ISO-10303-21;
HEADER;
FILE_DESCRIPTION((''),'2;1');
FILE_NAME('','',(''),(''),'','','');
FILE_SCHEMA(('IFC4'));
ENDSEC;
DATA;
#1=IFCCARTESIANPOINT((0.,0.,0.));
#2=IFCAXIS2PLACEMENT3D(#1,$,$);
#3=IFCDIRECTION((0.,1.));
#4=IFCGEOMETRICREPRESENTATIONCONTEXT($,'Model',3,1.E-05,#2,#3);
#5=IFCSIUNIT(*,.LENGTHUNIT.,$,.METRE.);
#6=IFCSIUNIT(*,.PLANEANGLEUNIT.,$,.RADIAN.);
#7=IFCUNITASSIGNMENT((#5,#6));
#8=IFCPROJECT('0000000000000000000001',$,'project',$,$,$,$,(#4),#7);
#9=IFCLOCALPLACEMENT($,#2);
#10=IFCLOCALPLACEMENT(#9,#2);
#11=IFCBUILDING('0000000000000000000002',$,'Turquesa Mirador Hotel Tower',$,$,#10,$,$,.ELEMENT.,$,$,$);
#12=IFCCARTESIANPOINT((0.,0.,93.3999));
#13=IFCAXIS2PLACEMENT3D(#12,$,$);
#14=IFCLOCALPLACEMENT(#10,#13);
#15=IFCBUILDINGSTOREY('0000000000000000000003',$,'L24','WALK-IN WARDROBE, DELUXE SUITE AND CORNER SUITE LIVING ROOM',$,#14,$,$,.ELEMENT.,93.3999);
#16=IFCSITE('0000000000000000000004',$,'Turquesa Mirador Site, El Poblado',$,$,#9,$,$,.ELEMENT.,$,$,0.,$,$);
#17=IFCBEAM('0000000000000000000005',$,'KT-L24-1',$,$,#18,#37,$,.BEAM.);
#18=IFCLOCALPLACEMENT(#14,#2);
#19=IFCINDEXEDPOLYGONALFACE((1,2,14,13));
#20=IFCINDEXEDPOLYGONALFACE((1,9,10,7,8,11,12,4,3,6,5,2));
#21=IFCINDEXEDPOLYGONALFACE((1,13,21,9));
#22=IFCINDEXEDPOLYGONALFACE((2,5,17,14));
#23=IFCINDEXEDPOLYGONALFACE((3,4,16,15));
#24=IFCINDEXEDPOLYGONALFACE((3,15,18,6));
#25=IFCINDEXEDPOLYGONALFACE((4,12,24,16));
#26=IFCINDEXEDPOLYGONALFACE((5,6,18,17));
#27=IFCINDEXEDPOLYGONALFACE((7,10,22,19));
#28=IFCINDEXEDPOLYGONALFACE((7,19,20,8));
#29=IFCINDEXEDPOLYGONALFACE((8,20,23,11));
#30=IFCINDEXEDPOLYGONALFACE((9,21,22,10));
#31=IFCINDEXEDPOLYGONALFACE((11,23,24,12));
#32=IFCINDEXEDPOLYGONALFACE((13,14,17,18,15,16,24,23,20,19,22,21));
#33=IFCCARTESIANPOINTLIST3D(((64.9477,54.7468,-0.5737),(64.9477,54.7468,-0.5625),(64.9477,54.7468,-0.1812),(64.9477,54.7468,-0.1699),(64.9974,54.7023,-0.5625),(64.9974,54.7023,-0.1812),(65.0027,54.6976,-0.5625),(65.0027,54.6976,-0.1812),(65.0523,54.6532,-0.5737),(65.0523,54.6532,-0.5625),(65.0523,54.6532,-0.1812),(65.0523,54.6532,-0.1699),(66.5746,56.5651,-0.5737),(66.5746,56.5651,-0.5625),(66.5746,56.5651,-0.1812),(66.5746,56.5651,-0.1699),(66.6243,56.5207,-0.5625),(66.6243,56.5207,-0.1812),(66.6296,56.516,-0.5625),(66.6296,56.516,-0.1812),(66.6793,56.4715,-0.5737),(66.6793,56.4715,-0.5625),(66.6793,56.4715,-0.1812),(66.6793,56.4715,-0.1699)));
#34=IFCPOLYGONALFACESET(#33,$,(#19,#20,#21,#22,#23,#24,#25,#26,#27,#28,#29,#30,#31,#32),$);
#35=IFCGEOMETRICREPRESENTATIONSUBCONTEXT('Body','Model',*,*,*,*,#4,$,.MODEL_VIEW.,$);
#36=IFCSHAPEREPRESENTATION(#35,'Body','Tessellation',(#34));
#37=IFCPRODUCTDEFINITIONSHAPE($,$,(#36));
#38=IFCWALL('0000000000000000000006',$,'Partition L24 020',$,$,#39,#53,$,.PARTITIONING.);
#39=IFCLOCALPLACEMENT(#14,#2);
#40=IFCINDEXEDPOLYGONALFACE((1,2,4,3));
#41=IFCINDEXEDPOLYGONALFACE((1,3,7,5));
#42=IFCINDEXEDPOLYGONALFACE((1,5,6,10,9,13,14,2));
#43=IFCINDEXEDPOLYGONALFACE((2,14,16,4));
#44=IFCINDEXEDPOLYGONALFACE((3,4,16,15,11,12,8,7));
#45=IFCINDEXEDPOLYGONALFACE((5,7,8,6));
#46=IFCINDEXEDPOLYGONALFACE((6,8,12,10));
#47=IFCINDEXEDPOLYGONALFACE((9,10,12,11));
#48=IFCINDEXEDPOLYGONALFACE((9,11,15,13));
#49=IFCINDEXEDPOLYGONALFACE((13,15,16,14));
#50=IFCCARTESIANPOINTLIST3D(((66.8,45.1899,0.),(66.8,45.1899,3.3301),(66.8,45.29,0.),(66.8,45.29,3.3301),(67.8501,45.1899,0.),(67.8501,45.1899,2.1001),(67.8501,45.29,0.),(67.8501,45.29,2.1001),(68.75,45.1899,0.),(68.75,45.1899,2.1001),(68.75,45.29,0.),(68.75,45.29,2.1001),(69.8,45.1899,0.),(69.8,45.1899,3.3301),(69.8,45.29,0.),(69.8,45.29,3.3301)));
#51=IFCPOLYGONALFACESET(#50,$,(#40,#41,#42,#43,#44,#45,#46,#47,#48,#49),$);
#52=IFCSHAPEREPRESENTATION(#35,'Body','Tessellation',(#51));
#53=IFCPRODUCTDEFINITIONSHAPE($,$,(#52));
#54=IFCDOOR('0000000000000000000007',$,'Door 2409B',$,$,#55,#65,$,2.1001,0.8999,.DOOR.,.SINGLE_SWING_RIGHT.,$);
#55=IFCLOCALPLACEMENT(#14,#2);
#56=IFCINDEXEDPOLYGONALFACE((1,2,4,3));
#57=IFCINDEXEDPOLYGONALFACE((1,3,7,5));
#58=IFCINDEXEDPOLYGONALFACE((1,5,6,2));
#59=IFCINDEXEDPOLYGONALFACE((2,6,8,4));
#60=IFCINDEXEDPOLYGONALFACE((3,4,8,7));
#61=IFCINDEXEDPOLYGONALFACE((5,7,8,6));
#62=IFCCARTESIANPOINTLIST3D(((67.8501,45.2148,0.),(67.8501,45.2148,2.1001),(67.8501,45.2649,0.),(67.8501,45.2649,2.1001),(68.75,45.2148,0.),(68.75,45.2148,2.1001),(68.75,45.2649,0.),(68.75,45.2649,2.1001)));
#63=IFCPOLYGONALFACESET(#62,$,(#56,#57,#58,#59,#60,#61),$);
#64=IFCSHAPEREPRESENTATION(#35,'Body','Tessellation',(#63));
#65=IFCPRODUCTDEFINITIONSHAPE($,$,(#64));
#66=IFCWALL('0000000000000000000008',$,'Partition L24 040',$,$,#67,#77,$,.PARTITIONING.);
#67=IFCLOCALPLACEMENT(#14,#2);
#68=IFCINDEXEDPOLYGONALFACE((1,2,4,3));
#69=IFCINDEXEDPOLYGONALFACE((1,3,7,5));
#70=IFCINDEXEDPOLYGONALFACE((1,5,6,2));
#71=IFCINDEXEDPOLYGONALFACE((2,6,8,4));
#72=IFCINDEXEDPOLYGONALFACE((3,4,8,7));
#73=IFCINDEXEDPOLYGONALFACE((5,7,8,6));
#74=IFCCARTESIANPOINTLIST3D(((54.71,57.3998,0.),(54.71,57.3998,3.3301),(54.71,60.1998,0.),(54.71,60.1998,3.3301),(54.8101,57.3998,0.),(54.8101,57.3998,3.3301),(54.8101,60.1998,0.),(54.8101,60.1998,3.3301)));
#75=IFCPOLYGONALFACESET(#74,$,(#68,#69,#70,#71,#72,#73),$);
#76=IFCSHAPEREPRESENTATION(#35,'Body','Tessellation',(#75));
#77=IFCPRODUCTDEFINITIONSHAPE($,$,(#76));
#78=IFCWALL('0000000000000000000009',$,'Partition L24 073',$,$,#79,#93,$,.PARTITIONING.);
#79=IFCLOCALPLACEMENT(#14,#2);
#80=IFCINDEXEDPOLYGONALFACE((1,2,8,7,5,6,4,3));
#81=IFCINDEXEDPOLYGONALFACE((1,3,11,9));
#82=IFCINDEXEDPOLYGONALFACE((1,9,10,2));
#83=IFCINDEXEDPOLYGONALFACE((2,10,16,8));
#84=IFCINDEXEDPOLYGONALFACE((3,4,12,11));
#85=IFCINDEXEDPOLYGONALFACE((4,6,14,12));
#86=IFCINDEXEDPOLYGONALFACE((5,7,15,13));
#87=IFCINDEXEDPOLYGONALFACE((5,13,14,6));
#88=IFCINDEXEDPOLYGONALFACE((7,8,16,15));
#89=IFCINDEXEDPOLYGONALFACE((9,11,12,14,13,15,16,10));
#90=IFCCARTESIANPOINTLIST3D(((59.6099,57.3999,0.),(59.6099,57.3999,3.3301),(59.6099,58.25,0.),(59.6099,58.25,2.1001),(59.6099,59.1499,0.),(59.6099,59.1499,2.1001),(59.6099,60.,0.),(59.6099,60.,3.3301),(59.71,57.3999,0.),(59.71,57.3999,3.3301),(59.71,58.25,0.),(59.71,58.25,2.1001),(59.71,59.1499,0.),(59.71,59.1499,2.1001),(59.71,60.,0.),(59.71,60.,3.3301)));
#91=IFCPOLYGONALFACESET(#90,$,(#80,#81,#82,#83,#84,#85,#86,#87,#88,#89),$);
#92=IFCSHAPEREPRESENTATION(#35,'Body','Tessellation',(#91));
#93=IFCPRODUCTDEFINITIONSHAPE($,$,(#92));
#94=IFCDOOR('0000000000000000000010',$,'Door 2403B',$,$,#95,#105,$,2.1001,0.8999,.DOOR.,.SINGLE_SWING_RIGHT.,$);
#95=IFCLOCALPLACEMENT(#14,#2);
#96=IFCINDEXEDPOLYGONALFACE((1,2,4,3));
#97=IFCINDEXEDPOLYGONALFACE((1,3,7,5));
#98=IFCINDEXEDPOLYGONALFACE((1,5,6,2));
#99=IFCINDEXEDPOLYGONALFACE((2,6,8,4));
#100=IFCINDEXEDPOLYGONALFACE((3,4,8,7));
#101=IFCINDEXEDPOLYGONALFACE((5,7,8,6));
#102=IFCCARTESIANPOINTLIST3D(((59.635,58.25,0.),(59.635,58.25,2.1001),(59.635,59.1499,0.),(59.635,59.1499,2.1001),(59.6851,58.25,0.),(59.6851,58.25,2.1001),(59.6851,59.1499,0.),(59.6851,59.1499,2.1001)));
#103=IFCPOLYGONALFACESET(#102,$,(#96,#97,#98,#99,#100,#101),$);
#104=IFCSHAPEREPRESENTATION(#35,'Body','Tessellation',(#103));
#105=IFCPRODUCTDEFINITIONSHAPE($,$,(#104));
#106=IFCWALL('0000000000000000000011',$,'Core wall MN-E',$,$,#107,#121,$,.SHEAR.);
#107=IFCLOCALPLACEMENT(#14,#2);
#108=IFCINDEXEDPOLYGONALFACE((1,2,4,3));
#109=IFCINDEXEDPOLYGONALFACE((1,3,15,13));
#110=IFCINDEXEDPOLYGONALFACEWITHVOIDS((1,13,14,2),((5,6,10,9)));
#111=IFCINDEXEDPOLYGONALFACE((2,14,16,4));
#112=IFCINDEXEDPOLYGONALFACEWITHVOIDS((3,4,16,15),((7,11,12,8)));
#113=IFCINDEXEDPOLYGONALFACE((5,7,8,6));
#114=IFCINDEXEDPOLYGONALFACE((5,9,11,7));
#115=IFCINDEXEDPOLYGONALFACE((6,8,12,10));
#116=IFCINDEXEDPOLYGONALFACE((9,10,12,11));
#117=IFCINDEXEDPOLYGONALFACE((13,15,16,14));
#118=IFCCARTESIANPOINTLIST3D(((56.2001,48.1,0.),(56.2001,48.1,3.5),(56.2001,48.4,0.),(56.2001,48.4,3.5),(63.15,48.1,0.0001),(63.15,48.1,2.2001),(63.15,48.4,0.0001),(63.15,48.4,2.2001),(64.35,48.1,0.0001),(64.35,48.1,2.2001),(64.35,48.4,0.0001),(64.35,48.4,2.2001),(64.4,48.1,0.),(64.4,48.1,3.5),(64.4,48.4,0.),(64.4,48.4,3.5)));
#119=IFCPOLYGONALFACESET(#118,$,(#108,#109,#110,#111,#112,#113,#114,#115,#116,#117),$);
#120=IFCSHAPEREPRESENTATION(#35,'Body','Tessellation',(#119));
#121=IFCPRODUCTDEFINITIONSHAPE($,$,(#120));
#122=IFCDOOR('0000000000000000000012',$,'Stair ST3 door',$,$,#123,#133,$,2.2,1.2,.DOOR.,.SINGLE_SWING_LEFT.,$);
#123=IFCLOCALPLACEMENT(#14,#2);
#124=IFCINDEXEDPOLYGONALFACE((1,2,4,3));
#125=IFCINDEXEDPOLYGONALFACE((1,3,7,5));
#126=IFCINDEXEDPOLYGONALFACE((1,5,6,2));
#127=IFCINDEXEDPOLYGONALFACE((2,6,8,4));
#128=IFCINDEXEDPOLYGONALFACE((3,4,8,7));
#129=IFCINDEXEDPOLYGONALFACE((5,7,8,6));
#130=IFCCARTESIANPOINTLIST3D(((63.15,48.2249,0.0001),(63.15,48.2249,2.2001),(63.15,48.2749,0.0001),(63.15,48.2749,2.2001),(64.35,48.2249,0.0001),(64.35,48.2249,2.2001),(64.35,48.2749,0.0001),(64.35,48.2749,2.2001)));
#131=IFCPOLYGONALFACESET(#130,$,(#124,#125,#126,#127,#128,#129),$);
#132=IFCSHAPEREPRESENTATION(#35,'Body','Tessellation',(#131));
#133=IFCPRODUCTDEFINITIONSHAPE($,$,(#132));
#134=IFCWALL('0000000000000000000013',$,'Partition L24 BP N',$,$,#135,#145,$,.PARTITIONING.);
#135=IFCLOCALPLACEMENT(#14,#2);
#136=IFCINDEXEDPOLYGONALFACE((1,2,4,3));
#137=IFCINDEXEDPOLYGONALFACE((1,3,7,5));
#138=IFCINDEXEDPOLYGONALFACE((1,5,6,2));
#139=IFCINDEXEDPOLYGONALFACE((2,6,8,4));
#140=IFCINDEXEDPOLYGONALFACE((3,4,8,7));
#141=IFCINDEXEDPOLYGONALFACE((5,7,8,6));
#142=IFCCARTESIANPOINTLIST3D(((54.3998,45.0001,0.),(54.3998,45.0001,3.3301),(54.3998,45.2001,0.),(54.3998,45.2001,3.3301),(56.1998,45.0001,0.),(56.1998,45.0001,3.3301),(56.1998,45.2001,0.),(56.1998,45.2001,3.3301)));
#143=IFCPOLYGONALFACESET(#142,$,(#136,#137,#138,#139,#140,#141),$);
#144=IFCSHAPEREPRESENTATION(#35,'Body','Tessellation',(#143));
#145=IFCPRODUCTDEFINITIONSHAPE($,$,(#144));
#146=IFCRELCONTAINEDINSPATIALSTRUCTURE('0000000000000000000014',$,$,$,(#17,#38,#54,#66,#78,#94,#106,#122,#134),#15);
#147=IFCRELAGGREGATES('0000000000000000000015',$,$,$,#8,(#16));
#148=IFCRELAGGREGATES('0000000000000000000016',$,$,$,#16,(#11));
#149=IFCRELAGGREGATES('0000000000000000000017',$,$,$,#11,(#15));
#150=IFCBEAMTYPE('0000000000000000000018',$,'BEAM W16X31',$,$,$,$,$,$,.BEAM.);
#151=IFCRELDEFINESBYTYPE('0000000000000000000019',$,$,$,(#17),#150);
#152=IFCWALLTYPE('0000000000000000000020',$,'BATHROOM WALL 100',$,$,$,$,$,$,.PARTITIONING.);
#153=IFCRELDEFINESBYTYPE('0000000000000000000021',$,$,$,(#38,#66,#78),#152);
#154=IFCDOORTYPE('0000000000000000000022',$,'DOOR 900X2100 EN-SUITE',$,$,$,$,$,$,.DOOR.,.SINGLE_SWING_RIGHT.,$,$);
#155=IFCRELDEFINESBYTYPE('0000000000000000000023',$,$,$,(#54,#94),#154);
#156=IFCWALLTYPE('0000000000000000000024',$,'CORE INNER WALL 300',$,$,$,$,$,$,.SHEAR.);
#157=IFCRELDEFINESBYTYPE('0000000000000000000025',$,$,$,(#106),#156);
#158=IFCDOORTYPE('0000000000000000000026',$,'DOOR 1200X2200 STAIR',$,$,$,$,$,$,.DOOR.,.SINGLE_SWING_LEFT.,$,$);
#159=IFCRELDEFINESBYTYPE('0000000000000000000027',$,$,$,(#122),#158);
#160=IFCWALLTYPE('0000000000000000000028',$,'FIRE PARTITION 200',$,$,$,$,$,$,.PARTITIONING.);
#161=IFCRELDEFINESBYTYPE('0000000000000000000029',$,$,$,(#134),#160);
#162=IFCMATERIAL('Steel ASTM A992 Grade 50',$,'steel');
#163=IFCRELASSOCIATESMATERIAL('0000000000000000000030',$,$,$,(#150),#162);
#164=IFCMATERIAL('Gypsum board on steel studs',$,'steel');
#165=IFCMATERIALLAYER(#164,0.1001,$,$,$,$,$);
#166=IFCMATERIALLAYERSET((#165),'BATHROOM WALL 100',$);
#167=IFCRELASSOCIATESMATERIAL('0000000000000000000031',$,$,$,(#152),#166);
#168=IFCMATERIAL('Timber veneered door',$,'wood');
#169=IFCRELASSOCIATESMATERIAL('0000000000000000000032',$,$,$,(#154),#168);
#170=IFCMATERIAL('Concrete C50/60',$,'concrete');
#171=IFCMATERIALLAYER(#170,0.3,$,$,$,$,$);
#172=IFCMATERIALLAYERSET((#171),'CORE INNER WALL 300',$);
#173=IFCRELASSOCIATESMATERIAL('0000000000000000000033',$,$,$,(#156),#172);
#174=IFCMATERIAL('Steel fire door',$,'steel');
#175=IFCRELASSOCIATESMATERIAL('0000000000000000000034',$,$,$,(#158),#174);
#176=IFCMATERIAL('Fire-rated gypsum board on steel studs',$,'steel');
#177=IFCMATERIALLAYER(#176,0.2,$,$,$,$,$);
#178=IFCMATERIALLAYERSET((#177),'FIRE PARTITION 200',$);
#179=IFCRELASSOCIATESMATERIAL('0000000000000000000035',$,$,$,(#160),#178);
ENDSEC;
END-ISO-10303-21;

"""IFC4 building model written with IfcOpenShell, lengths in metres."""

from ifc_helpers import new_model, si_unit, direction, frame, frame_2d, origin, origin_2d, place, context, subcontext, project, spatial, rectangle, i_section, extrude, material, layer, layer_set, material_profile, profile_set, type_object, element, fill, save


model = new_model("IFC4")

# Units and contexts
model_context = context("Model", 3, precision=1e-05, world=origin(), true_north=direction((0.0, 1.0)))
body_context = subcontext(model_context, "Body", "Model", "MODEL_VIEW")
ifc_project = project(units=[si_unit("LENGTHUNIT", "METRE"), si_unit("PLANEANGLEUNIT", "RADIAN")], contexts=[model_context])

# Site, building, storey
site_placement = place(None, origin())
site = spatial("IfcSite", under=ifc_project, at=site_placement, Name="Turquesa Mirador Site, El Poblado", CompositionType="ELEMENT", RefElevation=0.0)
building_placement = place(site_placement, origin())
building = spatial("IfcBuilding", under=site, at=building_placement, Name="Turquesa Mirador Hotel Tower", CompositionType="ELEMENT")
storey_placement = place(building_placement, frame((0.0, 0.0, 93.3999)))
storey = spatial("IfcBuildingStorey", under=building, at=storey_placement, Name="L24", Description="WALK-IN WARDROBE, DELUXE SUITE AND CORNER SUITE LIVING ROOM", CompositionType="ELEMENT", Elevation=93.3999)

# Beam
ifc_material_1 = material(Name="Steel ASTM A992 Grade 50", Category="steel")
ifc_material_profile = material_profile(ifc_material_1, i_section(OverallWidth=0.1404, OverallDepth=0.4038, WebThickness=0.0071, FlangeThickness=0.0112, at=origin_2d()), Name="W16X31")
ifc_profile_set = profile_set([ifc_material_profile], Name="Steel ASTM A992 Grade 50")
beam_type = type_object("IfcBeamType", Name="BEAM W16X31", PredefinedType="BEAM", material=ifc_profile_set)
beam_placement = place(storey_placement, frame((66.627, 56.5183, -0.3718), z_axis=(-0.666795, -0.745241, 0.0), x_axis=(0.745241, -0.666795, 0.0)))
element("IfcBeam", 1, at=beam_placement, inside=storey, type_object=beam_type, Name="KT-L24-1", PredefinedType="BEAM", context=body_context, shape_type="SweptSolid", body=[
    extrude(i_section(OverallWidth=0.1404, OverallDepth=0.4038, WebThickness=0.0071, FlangeThickness=0.0112, at=origin_2d()), origin(), (0.0, 0.0, 1.0), 2.4399),
])

# Wall, opening, door
ifc_material_2 = material(Name="Gypsum board on steel studs", Category="steel")
ifc_layer_1 = layer(ifc_material_2, 0.1001)
ifc_layer_set_1 = layer_set([ifc_layer_1], Name="BATHROOM WALL 100")
wall_type_1 = type_object("IfcWallType", Name="BATHROOM WALL 100", PredefinedType="PARTITIONING", material=ifc_layer_set_1)
wall_1_placement = place(storey_placement, frame((66.8, 45.24, 0.0), z_axis=(0.0, 0.0, 1.0), x_axis=(1.0, 0.0, 0.0)))
wall_1 = element("IfcWall", 2, at=wall_1_placement, inside=storey, type_object=wall_type_1, Name="Partition L24 020", PredefinedType="PARTITIONING", context=body_context, shape_type="SweptSolid", body=[
    extrude(rectangle(XDim=3.0, YDim=0.1001, at=frame_2d((1.5, 0.0))), origin(), (0.0, 0.0, 1.0), 3.3301),
])
opening_1_placement = place(wall_1_placement, frame((1.05, 0.0, 0.0)))
opening_1 = element("IfcOpeningElement", 3, at=opening_1_placement, cuts=wall_1, PredefinedType="OPENING", context=body_context, shape_type="SweptSolid", body=[
    extrude(rectangle(XDim=0.8999, YDim=2.1001, at=frame_2d((0.45, 1.05))), frame((0.0, 0.0601, 0.0), z_axis=(0.0, -1.0, 0.0), x_axis=(1.0, 0.0, 0.0)), (0.0, 0.0, 1.0), 0.1201),
])
ifc_material_3 = material(Name="Timber veneered door", Category="wood")
door_type_1 = type_object("IfcDoorType", Name="DOOR 900X2100 EN-SUITE", OperationType="SINGLE_SWING_RIGHT", PredefinedType="DOOR", material=ifc_material_3)
door_1_placement = place(opening_1_placement, origin())
door_1 = element("IfcDoor", 4, at=door_1_placement, inside=storey, type_object=door_type_1, Name="Door 2409B", OperationType="SINGLE_SWING_RIGHT", OverallHeight=2.1001, OverallWidth=0.8999, PredefinedType="DOOR", context=body_context, shape_type="SweptSolid", body=[
    extrude(rectangle(XDim=0.8999, YDim=2.1001, at=frame_2d((0.45, 1.05))), frame((0.0, 0.0249, 0.0), z_axis=(0.0, -1.0, 0.0), x_axis=(1.0, 0.0, 0.0)), (0.0, 0.0, 1.0), 0.05),
])
fill(opening_1, door_1)

# Wall
wall_2_placement = place(storey_placement, frame((54.76, 57.3999, 0.0), z_axis=(0.0, 0.0, 1.0), x_axis=(0.0, 1.0, 0.0)))
element("IfcWall", 5, at=wall_2_placement, inside=storey, type_object=wall_type_1, Name="Partition L24 040", PredefinedType="PARTITIONING", context=body_context, shape_type="SweptSolid", body=[
    extrude(rectangle(XDim=2.8, YDim=0.1001, at=frame_2d((1.3999, 0.0))), origin(), (0.0, 0.0, 1.0), 3.3301),
])

# Walls, openings, doors
wall_3_placement = place(storey_placement, frame((59.6599, 57.3999, 0.0), z_axis=(0.0, 0.0, 1.0), x_axis=(0.0, 1.0, 0.0)))
wall_3 = element("IfcWall", 6, at=wall_3_placement, inside=storey, type_object=wall_type_1, Name="Partition L24 073", PredefinedType="PARTITIONING", context=body_context, shape_type="SweptSolid", body=[
    extrude(rectangle(XDim=2.6001, YDim=0.1001, at=frame_2d((1.3, 0.0))), origin(), (0.0, 0.0, 1.0), 3.3301),
])
opening_2_placement = place(wall_3_placement, frame((0.8501, 0.0, 0.0)))
opening_2 = element("IfcOpeningElement", 7, at=opening_2_placement, cuts=wall_3, PredefinedType="OPENING", context=body_context, shape_type="SweptSolid", body=[
    extrude(rectangle(XDim=0.8999, YDim=2.1001, at=frame_2d((0.45, 1.05))), frame((0.0, 0.0601, 0.0), z_axis=(0.0, -1.0, 0.0), x_axis=(1.0, 0.0, 0.0)), (0.0, 0.0, 1.0), 0.1201),
])
door_2_placement = place(opening_2_placement, origin())
door_2 = element("IfcDoor", 8, at=door_2_placement, inside=storey, type_object=door_type_1, Name="Door 2403B", OperationType="SINGLE_SWING_RIGHT", OverallHeight=2.1001, OverallWidth=0.8999, PredefinedType="DOOR", context=body_context, shape_type="SweptSolid", body=[
    extrude(rectangle(XDim=0.8999, YDim=2.1001, at=frame_2d((0.45, 1.05))), frame((0.0, 0.0249, 0.0), z_axis=(0.0, -1.0, 0.0), x_axis=(1.0, 0.0, 0.0)), (0.0, 0.0, 1.0), 0.05),
])
fill(opening_2, door_2)
ifc_material_4 = material(Name="Concrete C50/60", Category="concrete")
ifc_layer_2 = layer(ifc_material_4, 0.3)
ifc_layer_set_2 = layer_set([ifc_layer_2], Name="CORE INNER WALL 300")
wall_type_2 = type_object("IfcWallType", Name="CORE INNER WALL 300", PredefinedType="SHEAR", material=ifc_layer_set_2)
wall_4_placement = place(storey_placement, frame((56.2, 48.25, 0.0), z_axis=(0.0, 0.0, 1.0), x_axis=(1.0, 0.0, 0.0)))
wall_4 = element("IfcWall", 9, at=wall_4_placement, inside=storey, type_object=wall_type_2, Name="Core wall MN-E", PredefinedType="SHEAR", context=body_context, shape_type="SweptSolid", body=[
    extrude(rectangle(XDim=8.2, YDim=0.3, at=frame_2d((4.1001, 0.0))), origin(), (0.0, 0.0, 1.0), 3.5),
])
opening_3_placement = place(wall_4_placement, frame((6.95, 0.0, 0.0)))
opening_3 = element("IfcOpeningElement", 10, at=opening_3_placement, cuts=wall_4, PredefinedType="OPENING", context=body_context, shape_type="SweptSolid", body=[
    extrude(rectangle(XDim=1.2, YDim=2.2, at=frame_2d((0.6001, 1.1001))), frame((0.0, 0.1599, 0.0), z_axis=(0.0, -1.0, 0.0), x_axis=(1.0, 0.0, 0.0)), (0.0, 0.0, 1.0), 0.3201),
])
ifc_material_5 = material(Name="Steel fire door", Category="steel")
door_type_2 = type_object("IfcDoorType", Name="DOOR 1200X2200 STAIR", OperationType="SINGLE_SWING_LEFT", PredefinedType="DOOR", material=ifc_material_5)
door_3_placement = place(opening_3_placement, origin())
door_3 = element("IfcDoor", 11, at=door_3_placement, inside=storey, type_object=door_type_2, Name="Stair ST3 door", OperationType="SINGLE_SWING_LEFT", OverallHeight=2.2, OverallWidth=1.2, PredefinedType="DOOR", context=body_context, shape_type="SweptSolid", body=[
    extrude(rectangle(XDim=1.2, YDim=2.2, at=frame_2d((0.6001, 1.1001))), frame((0.0, 0.0249, 0.0), z_axis=(0.0, -1.0, 0.0), x_axis=(1.0, 0.0, 0.0)), (0.0, 0.0, 1.0), 0.05),
])
fill(opening_3, door_3)

# Wall
ifc_material_6 = material(Name="Fire-rated gypsum board on steel studs", Category="steel")
ifc_layer_3 = layer(ifc_material_6, 0.2)
ifc_layer_set_3 = layer_set([ifc_layer_3], Name="FIRE PARTITION 200")
wall_type_3 = type_object("IfcWallType", Name="FIRE PARTITION 200", PredefinedType="PARTITIONING", material=ifc_layer_set_3)
wall_5_placement = place(storey_placement, frame((54.3999, 45.1001, 0.0), z_axis=(0.0, 0.0, 1.0), x_axis=(1.0, 0.0, 0.0)))
element("IfcWall", 12, at=wall_5_placement, inside=storey, type_object=wall_type_3, Name="Partition L24 BP N", PredefinedType="PARTITIONING", context=body_context, shape_type="SweptSolid", body=[
    extrude(rectangle(XDim=1.8, YDim=0.2, at=frame_2d((0.8999, 0.0))), origin(), (0.0, 0.0, 1.0), 3.3301),
])

save(model, "model.ifc")
